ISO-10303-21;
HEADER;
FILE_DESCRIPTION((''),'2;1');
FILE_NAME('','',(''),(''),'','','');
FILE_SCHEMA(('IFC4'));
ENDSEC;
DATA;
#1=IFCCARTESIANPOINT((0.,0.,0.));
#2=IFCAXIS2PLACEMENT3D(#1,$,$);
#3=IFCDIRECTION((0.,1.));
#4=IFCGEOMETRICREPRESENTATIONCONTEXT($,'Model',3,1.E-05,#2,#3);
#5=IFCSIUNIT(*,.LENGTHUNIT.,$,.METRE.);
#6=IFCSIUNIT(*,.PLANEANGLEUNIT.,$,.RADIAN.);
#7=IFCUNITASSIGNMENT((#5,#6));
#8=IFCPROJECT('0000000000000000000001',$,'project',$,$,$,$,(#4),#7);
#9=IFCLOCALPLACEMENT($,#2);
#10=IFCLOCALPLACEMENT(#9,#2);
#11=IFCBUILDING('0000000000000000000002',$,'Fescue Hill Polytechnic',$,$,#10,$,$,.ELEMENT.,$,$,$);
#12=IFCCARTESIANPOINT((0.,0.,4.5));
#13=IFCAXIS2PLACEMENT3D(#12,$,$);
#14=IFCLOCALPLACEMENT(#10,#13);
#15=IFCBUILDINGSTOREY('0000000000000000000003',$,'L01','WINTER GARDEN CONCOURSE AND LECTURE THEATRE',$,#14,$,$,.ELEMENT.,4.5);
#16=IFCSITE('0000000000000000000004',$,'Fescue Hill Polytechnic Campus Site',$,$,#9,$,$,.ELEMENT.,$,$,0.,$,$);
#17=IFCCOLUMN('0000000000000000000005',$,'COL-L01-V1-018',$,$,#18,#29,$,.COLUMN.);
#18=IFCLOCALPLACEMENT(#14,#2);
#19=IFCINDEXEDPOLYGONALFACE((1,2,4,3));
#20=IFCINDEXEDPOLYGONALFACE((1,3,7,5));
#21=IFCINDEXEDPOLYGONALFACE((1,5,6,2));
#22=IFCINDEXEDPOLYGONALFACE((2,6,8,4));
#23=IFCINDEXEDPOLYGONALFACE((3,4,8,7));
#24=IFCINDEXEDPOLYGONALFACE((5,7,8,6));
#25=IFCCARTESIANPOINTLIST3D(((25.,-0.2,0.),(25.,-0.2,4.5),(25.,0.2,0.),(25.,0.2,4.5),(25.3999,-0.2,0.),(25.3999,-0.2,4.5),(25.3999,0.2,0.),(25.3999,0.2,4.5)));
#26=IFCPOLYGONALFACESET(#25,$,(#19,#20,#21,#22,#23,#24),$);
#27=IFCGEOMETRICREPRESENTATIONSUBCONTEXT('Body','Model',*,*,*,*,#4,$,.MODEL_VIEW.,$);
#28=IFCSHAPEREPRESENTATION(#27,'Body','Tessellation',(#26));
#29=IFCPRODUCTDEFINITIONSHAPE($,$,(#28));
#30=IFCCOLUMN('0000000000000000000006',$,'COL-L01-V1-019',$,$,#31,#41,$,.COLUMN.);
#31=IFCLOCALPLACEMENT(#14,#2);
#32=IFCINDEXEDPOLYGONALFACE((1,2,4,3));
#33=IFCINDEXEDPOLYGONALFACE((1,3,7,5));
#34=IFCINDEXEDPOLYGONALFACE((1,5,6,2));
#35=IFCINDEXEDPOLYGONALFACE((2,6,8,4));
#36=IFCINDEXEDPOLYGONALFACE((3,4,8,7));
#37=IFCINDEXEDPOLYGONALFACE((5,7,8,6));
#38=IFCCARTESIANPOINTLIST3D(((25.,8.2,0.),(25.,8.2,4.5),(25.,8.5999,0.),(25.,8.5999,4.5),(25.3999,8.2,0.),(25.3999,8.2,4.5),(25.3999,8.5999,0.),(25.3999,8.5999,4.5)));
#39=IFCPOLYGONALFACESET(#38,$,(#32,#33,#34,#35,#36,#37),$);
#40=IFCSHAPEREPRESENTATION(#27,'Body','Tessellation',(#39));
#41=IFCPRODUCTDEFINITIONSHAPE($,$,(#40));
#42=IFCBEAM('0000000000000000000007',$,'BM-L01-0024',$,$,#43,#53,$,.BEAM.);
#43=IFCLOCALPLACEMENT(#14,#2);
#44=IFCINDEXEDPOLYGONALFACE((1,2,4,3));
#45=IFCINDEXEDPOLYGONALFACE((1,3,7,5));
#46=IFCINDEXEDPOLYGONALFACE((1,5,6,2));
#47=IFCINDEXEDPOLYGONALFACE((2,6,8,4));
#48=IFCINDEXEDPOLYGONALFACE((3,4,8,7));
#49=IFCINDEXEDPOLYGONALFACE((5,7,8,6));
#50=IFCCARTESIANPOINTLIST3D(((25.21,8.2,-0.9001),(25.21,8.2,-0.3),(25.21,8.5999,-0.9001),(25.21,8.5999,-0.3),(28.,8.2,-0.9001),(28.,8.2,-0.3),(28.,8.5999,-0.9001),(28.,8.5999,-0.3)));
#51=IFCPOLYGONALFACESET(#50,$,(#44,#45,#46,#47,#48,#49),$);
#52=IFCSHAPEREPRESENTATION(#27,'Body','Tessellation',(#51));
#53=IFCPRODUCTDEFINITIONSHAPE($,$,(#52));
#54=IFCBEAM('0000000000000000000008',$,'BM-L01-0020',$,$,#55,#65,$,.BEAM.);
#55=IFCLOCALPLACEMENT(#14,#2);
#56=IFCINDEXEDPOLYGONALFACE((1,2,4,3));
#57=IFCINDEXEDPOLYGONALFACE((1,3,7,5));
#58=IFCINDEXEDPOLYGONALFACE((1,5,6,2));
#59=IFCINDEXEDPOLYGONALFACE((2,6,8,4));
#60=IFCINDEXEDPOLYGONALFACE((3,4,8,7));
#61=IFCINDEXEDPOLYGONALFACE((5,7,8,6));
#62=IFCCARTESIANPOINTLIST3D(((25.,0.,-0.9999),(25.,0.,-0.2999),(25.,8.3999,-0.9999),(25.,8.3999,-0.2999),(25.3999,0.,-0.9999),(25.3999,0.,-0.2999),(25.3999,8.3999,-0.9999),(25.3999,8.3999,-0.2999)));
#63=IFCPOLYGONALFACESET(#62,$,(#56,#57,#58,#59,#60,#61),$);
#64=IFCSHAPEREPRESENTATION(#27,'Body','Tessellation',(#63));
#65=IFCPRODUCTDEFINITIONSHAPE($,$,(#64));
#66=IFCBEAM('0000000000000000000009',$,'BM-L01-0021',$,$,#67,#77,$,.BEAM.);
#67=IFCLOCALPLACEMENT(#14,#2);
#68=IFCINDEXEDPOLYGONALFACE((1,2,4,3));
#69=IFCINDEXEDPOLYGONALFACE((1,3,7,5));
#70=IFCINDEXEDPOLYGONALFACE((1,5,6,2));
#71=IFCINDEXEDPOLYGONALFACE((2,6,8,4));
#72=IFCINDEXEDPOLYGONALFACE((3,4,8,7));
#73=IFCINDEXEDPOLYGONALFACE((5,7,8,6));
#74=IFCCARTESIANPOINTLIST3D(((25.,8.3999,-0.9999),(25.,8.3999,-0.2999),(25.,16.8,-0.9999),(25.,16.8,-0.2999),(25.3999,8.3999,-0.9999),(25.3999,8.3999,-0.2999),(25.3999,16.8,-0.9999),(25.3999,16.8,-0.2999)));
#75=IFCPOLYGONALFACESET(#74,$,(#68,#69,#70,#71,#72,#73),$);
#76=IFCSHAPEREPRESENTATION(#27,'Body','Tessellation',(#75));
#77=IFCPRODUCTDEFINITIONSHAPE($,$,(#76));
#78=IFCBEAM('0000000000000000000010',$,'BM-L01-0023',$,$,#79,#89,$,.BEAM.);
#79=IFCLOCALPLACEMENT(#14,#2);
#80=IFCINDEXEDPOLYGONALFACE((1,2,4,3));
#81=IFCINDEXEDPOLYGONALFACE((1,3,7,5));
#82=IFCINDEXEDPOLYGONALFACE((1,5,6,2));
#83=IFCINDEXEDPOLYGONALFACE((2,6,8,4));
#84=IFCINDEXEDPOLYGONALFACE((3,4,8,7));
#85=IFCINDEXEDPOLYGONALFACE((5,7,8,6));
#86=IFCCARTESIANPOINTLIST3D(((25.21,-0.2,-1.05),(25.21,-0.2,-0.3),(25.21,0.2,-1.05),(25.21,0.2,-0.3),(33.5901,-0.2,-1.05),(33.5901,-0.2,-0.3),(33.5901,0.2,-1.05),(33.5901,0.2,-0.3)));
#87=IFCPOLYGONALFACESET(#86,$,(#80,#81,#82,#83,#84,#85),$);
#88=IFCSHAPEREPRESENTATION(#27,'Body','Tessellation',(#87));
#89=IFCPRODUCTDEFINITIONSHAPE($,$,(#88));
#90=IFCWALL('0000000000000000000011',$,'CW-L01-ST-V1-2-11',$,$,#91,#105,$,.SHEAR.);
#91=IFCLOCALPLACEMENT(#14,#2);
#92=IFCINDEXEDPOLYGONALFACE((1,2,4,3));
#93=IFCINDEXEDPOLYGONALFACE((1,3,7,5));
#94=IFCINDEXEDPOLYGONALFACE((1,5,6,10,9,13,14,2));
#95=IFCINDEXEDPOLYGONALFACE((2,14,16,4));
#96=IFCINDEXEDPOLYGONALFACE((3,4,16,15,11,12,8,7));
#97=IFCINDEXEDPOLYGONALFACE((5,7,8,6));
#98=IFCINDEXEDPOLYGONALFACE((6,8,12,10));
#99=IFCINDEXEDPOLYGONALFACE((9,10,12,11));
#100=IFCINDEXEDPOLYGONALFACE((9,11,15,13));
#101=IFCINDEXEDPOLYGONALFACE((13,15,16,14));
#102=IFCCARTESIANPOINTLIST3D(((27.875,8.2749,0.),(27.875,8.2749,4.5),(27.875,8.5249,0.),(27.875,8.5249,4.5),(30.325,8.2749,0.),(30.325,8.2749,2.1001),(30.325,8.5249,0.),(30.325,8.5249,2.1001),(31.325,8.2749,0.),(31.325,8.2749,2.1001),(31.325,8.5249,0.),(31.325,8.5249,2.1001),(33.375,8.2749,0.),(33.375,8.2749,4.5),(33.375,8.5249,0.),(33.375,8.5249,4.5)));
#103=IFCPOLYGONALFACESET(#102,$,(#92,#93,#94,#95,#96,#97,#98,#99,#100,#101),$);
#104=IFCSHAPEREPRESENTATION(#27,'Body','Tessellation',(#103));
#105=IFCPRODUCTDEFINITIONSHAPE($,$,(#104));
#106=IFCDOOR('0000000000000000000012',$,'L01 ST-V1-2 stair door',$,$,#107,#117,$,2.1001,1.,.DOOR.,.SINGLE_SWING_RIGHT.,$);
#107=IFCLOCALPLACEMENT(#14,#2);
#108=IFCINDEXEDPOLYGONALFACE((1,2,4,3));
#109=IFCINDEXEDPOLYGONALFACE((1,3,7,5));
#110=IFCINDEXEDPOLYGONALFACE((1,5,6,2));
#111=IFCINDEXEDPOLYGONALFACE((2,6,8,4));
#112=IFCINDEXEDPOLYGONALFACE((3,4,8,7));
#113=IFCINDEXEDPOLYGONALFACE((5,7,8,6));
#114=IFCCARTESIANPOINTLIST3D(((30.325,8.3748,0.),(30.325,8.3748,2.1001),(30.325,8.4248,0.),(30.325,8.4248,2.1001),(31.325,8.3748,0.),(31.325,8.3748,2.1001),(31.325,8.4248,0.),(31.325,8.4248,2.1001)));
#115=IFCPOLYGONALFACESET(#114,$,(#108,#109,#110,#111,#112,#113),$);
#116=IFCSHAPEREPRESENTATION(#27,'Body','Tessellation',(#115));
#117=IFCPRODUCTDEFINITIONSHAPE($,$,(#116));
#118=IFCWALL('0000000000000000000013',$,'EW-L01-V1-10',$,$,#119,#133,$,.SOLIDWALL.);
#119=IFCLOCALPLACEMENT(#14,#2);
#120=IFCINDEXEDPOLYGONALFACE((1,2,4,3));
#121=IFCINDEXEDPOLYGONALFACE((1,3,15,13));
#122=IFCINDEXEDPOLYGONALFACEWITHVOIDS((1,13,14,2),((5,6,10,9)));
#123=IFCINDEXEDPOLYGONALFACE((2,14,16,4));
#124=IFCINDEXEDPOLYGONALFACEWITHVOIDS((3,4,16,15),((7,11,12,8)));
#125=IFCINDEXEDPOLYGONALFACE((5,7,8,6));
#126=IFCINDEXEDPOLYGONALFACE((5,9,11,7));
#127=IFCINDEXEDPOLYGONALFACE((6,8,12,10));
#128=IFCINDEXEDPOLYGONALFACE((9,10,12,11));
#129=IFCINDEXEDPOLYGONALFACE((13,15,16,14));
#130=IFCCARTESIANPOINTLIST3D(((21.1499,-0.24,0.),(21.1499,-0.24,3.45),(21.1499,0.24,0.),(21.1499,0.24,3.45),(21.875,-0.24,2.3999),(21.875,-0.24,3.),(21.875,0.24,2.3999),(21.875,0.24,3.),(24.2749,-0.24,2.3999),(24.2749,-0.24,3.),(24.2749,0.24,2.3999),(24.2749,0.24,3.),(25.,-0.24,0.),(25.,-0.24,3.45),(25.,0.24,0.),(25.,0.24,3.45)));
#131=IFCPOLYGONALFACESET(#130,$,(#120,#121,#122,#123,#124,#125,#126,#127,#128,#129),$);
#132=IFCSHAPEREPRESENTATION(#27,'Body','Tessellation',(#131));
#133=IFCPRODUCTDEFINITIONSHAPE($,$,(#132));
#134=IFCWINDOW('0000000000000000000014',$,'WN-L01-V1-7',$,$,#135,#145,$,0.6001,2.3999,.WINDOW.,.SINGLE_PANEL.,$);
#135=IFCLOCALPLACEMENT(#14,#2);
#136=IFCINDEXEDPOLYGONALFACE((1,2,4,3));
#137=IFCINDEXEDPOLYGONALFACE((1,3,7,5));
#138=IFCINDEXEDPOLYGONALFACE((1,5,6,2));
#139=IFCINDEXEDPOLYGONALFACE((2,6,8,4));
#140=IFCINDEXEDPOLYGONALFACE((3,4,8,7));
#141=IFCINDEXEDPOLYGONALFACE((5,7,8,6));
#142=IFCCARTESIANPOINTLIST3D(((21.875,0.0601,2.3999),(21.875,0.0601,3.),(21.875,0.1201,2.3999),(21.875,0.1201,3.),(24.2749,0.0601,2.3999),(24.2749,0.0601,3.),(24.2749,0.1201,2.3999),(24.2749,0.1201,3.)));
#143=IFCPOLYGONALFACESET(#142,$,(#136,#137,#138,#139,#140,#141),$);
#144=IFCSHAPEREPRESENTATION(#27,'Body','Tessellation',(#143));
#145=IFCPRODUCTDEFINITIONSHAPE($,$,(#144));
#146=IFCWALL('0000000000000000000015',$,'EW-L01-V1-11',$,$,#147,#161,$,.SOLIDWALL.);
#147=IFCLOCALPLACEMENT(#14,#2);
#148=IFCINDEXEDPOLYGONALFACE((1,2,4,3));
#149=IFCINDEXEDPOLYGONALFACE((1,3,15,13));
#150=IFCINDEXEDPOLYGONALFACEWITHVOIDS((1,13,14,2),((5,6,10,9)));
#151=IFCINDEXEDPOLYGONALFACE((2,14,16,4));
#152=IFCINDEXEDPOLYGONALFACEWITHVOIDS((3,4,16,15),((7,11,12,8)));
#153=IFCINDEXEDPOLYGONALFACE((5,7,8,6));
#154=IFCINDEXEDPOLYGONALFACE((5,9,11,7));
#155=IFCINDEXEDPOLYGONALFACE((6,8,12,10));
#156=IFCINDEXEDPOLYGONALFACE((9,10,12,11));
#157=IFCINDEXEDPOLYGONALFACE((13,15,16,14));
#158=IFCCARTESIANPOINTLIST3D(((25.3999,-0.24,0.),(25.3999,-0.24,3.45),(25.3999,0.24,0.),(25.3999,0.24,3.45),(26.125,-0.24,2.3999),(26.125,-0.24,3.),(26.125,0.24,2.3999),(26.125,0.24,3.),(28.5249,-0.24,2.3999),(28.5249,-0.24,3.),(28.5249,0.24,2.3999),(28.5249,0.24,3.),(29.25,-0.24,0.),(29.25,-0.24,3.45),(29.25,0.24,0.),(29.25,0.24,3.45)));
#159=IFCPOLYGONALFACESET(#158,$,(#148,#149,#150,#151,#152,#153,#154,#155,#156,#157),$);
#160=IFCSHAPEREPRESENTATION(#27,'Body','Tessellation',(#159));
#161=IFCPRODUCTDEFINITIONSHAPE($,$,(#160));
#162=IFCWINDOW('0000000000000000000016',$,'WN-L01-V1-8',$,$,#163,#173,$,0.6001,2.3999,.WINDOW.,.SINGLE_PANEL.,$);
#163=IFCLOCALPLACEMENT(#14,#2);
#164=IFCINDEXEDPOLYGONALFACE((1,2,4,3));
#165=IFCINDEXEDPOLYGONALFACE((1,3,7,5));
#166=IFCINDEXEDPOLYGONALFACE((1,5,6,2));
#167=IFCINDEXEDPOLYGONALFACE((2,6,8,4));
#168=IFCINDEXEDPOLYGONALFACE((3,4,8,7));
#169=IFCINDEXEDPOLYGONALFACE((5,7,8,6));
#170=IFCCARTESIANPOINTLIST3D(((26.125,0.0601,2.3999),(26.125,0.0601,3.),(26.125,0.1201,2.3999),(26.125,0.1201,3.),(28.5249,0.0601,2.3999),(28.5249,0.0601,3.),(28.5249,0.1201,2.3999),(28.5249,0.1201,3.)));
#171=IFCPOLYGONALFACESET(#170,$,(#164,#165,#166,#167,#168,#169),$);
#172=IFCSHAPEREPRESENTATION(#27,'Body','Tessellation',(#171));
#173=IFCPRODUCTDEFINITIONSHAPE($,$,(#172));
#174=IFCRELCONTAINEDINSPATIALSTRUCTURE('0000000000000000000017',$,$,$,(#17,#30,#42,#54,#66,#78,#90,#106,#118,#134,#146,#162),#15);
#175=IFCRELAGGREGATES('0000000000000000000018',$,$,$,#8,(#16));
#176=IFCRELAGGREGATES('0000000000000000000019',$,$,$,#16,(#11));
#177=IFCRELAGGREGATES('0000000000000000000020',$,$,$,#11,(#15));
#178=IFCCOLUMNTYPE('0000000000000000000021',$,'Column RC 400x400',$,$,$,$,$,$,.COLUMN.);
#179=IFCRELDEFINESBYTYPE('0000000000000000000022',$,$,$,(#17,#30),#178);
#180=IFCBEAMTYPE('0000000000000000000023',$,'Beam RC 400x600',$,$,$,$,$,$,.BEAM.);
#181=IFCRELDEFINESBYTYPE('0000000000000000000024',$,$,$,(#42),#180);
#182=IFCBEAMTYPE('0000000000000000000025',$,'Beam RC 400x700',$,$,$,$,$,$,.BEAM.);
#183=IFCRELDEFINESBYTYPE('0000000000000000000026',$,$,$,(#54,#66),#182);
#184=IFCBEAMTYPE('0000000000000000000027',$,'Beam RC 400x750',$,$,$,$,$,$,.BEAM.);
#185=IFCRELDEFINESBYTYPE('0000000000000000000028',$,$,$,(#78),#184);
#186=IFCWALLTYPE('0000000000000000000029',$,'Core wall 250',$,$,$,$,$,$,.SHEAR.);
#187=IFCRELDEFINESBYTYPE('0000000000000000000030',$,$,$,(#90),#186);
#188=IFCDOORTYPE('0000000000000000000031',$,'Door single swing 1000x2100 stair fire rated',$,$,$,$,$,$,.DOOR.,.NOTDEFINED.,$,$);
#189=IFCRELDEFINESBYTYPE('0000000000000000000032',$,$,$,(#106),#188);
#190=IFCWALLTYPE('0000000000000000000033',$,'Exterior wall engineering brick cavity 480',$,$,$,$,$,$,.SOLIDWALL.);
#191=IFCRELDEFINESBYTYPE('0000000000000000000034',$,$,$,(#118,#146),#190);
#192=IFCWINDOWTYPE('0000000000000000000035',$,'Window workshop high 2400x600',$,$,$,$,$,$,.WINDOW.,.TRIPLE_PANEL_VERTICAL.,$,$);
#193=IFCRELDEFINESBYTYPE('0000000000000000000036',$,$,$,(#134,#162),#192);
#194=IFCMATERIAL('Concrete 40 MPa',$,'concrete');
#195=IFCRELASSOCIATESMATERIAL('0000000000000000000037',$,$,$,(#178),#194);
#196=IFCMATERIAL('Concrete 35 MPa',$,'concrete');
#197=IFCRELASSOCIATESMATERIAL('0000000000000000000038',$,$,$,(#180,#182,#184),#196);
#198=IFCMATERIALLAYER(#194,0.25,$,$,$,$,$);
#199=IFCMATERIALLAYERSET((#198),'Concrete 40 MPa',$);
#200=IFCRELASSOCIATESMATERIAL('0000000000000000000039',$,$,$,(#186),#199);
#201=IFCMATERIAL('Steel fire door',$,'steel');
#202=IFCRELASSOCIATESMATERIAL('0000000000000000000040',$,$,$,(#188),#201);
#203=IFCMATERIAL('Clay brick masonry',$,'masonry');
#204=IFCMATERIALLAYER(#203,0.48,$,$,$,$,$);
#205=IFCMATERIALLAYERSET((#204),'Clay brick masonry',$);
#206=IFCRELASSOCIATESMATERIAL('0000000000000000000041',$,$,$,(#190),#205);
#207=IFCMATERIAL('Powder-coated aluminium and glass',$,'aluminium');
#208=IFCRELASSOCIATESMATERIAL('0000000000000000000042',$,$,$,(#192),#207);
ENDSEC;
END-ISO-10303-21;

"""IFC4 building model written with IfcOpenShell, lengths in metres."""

from ifc_helpers import new_model, si_unit, direction, frame, frame_2d, origin, origin_2d, place, context, subcontext, project, spatial, rectangle, extrude, material, layer, layer_set, material_profile, profile_set, type_object, element, fill, save


model = new_model("IFC4")

# Units and contexts
model_context = context("Model", 3, precision=1e-05, world=origin(), true_north=direction((0.0, 1.0)))
body_context = subcontext(model_context, "Body", "Model", "MODEL_VIEW")
ifc_project = project(units=[si_unit("LENGTHUNIT", "METRE"), si_unit("PLANEANGLEUNIT", "RADIAN")], contexts=[model_context])

# Site, building, storey
site_placement = place(None, origin())
site = spatial("IfcSite", under=ifc_project, at=site_placement, Name="Fescue Hill Polytechnic Campus Site", CompositionType="ELEMENT", RefElevation=0.0)
building_placement = place(site_placement, origin())
building = spatial("IfcBuilding", under=site, at=building_placement, Name="Fescue Hill Polytechnic", CompositionType="ELEMENT")
storey_placement = place(building_placement, frame((0.0, 0.0, 4.5)))
storey = spatial("IfcBuildingStorey", under=building, at=storey_placement, Name="L01", Description="WINTER GARDEN CONCOURSE AND LECTURE THEATRE", CompositionType="ELEMENT", Elevation=4.5)

# Columns
ifc_material_1 = material(Name="Concrete 40 MPa", Category="concrete")
ifc_material_profile_1 = material_profile(ifc_material_1, rectangle(XDim=0.3999, YDim=0.3999, at=origin_2d()), Name="RC 400x400")
ifc_profile_set_1 = profile_set([ifc_material_profile_1], Name="Concrete 40 MPa")
column_type = type_object("IfcColumnType", Name="Column RC 400x400", PredefinedType="COLUMN", material=ifc_profile_set_1)
for number, where, z_axis, x_axis, name in (
    (1, (25.2, 0.0, 0.0), (0.0, 0.0, 1.0), (1.0, 0.0, 0.0), "COL-L01-V1-018"),
    (2, (25.2, 8.3999, 0.0), (0.0, 0.0, 1.0), (1.0, 0.0, 0.0), "COL-L01-V1-019"),
):
    element("IfcColumn", number, at=place(storey_placement, frame(where, z_axis=z_axis, x_axis=x_axis)), inside=storey, type_object=column_type, Name=name, PredefinedType="COLUMN", context=body_context, shape_type="SweptSolid", body=[
        extrude(rectangle(XDim=0.3999, YDim=0.3999, at=origin_2d()), origin(), (0.0, 0.0, 1.0), 4.5),
    ])

# Beams
ifc_material_2 = material(Name="Concrete 35 MPa", Category="concrete")
ifc_material_profile_2 = material_profile(ifc_material_2, rectangle(XDim=0.3999, YDim=0.6001, at=origin_2d()), Name="RC 400x600")
ifc_profile_set_2 = profile_set([ifc_material_profile_2], Name="Concrete 35 MPa")
beam_type_1 = type_object("IfcBeamType", Name="Beam RC 400x600", PredefinedType="BEAM", material=ifc_profile_set_2)
beam_1_placement = place(storey_placement, frame((25.21, 8.3999, -0.6001), z_axis=(1.0, 0.0, 0.0), x_axis=(0.0, 1.0, 0.0)))
element("IfcBeam", 3, at=beam_1_placement, inside=storey, type_object=beam_type_1, Name="BM-L01-0024", PredefinedType="BEAM", context=body_context, shape_type="SweptSolid", body=[
    extrude(rectangle(XDim=0.3999, YDim=0.6001, at=origin_2d()), origin(), (0.0, 0.0, 1.0), 2.79),
])
ifc_material_profile_3 = material_profile(ifc_material_2, rectangle(XDim=0.3999, YDim=0.7, at=origin_2d()), Name="RC 400x700")
ifc_profile_set_3 = profile_set([ifc_material_profile_3], Name="Concrete 35 MPa")
beam_type_2 = type_object("IfcBeamType", Name="Beam RC 400x700", PredefinedType="BEAM", material=ifc_profile_set_3)
beam_2_placement = place(storey_placement, frame((25.2, 0.0, -0.6499), z_axis=(0.0, 1.0, 0.0), x_axis=(-1.0, 0.0, 0.0)))
element("IfcBeam", 4, at=beam_2_placement, inside=storey, type_object=beam_type_2, Name="BM-L01-0020", PredefinedType="BEAM", context=body_context, shape_type="SweptSolid", body=[
    extrude(rectangle(XDim=0.3999, YDim=0.7, at=origin_2d()), origin(), (0.0, 0.0, 1.0), 8.3999),
])
beam_3_placement = place(storey_placement, frame((25.2, 8.3999, -0.6499), z_axis=(0.0, 1.0, 0.0), x_axis=(-1.0, 0.0, 0.0)))
element("IfcBeam", 5, at=beam_3_placement, inside=storey, type_object=beam_type_2, Name="BM-L01-0021", PredefinedType="BEAM", context=body_context, shape_type="SweptSolid", body=[
    extrude(rectangle(XDim=0.3999, YDim=0.7, at=origin_2d()), origin(), (0.0, 0.0, 1.0), 8.4001),
])
ifc_material_profile_4 = material_profile(ifc_material_2, rectangle(XDim=0.3999, YDim=0.75, at=origin_2d()), Name="RC 400x750")
ifc_profile_set_4 = profile_set([ifc_material_profile_4], Name="Concrete 35 MPa")
beam_type_3 = type_object("IfcBeamType", Name="Beam RC 400x750", PredefinedType="BEAM", material=ifc_profile_set_4)
beam_4_placement = place(storey_placement, frame((25.21, 0.0, -0.675), z_axis=(1.0, 0.0, 0.0), x_axis=(0.0, 1.0, 0.0)))
element("IfcBeam", 6, at=beam_4_placement, inside=storey, type_object=beam_type_3, Name="BM-L01-0023", PredefinedType="BEAM", context=body_context, shape_type="SweptSolid", body=[
    extrude(rectangle(XDim=0.3999, YDim=0.75, at=origin_2d()), origin(), (0.0, 0.0, 1.0), 8.3801),
])

# Wall, opening, door
ifc_layer_1 = layer(ifc_material_1, 0.25)
ifc_layer_set_1 = layer_set([ifc_layer_1], Name="Concrete 40 MPa")
wall_type_1 = type_object("IfcWallType", Name="Core wall 250", PredefinedType="SHEAR", material=ifc_layer_set_1)
wall_1_placement = place(storey_placement, frame((27.875, 8.3999, 0.0), z_axis=(0.0, 0.0, 1.0), x_axis=(1.0, 0.0, 0.0)))
wall_1 = element("IfcWall", 7, at=wall_1_placement, inside=storey, type_object=wall_type_1, Name="CW-L01-ST-V1-2-11", PredefinedType="SHEAR", context=body_context, shape_type="SweptSolid", body=[
    extrude(rectangle(XDim=5.5, YDim=0.25, at=frame_2d((2.75, 0.0))), origin(), (0.0, 0.0, 1.0), 4.5),
])
opening_1_placement = place(wall_1_placement, frame((2.45, 0.0, 0.0)))
opening_1 = element("IfcOpeningElement", 8, at=opening_1_placement, cuts=wall_1, PredefinedType="OPENING", context=body_context, shape_type="SweptSolid", body=[
    extrude(rectangle(XDim=1.0, YDim=2.1001, at=frame_2d((0.5, 1.05))), frame((0.0, 0.135, 0.0), z_axis=(0.0, -1.0, 0.0), x_axis=(1.0, 0.0, 0.0)), (0.0, 0.0, 1.0), 0.27),
])
ifc_material_3 = material(Name="Steel fire door", Category="steel")
door_type = type_object("IfcDoorType", Name="Door single swing 1000x2100 stair fire rated", OperationType="NOTDEFINED", PredefinedType="DOOR", material=ifc_material_3)
door_placement = place(opening_1_placement, origin())
door = element("IfcDoor", 9, at=door_placement, inside=storey, type_object=door_type, Name="L01 ST-V1-2 stair door", OperationType="SINGLE_SWING_RIGHT", OverallHeight=2.1001, OverallWidth=1.0, PredefinedType="DOOR", context=body_context, shape_type="SweptSolid", body=[
    extrude(rectangle(XDim=1.0, YDim=2.1001, at=frame_2d((0.5, 1.05))), frame((0.0, 0.0249, 0.0), z_axis=(0.0, -1.0, 0.0), x_axis=(1.0, 0.0, 0.0)), (0.0, 0.0, 1.0), 0.05),
])
fill(opening_1, door)

# Walls, openings, windows
ifc_material_4 = material(Name="Clay brick masonry", Category="masonry")
ifc_layer_2 = layer(ifc_material_4, 0.48)
ifc_layer_set_2 = layer_set([ifc_layer_2], Name="Clay brick masonry")
wall_type_2 = type_object("IfcWallType", Name="Exterior wall engineering brick cavity 480", PredefinedType="SOLIDWALL", material=ifc_layer_set_2)
wall_2_placement = place(storey_placement, frame((21.1499, 0.0, 0.0), z_axis=(0.0, 0.0, 1.0), x_axis=(1.0, 0.0, 0.0)))
wall_2 = element("IfcWall", 10, at=wall_2_placement, inside=storey, type_object=wall_type_2, Name="EW-L01-V1-10", PredefinedType="SOLIDWALL", context=body_context, shape_type="SweptSolid", body=[
    extrude(rectangle(XDim=3.8501, YDim=0.48, at=frame_2d((1.925, 0.0))), origin(), (0.0, 0.0, 1.0), 3.45),
])
opening_2_placement = place(wall_2_placement, frame((0.7251, 0.0, 2.3999)))
opening_2 = element("IfcOpeningElement", 11, at=opening_2_placement, cuts=wall_2, PredefinedType="OPENING", context=body_context, shape_type="SweptSolid", body=[
    extrude(rectangle(XDim=2.3999, YDim=0.6001, at=frame_2d((1.2, 0.3))), frame((0.0, 0.25, 0.0), z_axis=(0.0, -1.0, 0.0), x_axis=(1.0, 0.0, 0.0)), (0.0, 0.0, 1.0), 0.5),
])
ifc_material_5 = material(Name="Powder-coated aluminium and glass", Category="aluminium")
window_type = type_object("IfcWindowType", Name="Window workshop high 2400x600", PartitioningType="TRIPLE_PANEL_VERTICAL", PredefinedType="WINDOW", material=ifc_material_5)
window_1_placement = place(opening_2_placement, origin())
window_1 = element("IfcWindow", 12, at=window_1_placement, inside=storey, type_object=window_type, Name="WN-L01-V1-7", OverallHeight=0.6001, OverallWidth=2.3999, PartitioningType="SINGLE_PANEL", PredefinedType="WINDOW", context=body_context, shape_type="SweptSolid", body=[
    extrude(rectangle(XDim=2.3999, YDim=0.6001, at=frame_2d((1.2, 0.3))), frame((0.0, 0.1201, 0.0), z_axis=(0.0, -1.0, 0.0), x_axis=(1.0, 0.0, 0.0)), (0.0, 0.0, 1.0), 0.0601),
])
fill(opening_2, window_1)
wall_3_placement = place(storey_placement, frame((25.3999, 0.0, 0.0), z_axis=(0.0, 0.0, 1.0), x_axis=(1.0, 0.0, 0.0)))
wall_3 = element("IfcWall", 13, at=wall_3_placement, inside=storey, type_object=wall_type_2, Name="EW-L01-V1-11", PredefinedType="SOLIDWALL", context=body_context, shape_type="SweptSolid", body=[
    extrude(rectangle(XDim=3.8501, YDim=0.48, at=frame_2d((1.925, 0.0))), origin(), (0.0, 0.0, 1.0), 3.45),
])
opening_3_placement = place(wall_3_placement, frame((0.7251, 0.0, 2.3999)))
opening_3 = element("IfcOpeningElement", 14, at=opening_3_placement, cuts=wall_3, PredefinedType="OPENING", context=body_context, shape_type="SweptSolid", body=[
    extrude(rectangle(XDim=2.3999, YDim=0.6001, at=frame_2d((1.2, 0.3))), frame((0.0, 0.25, 0.0), z_axis=(0.0, -1.0, 0.0), x_axis=(1.0, 0.0, 0.0)), (0.0, 0.0, 1.0), 0.5),
])
window_2_placement = place(opening_3_placement, origin())
window_2 = element("IfcWindow", 15, at=window_2_placement, inside=storey, type_object=window_type, Name="WN-L01-V1-8", OverallHeight=0.6001, OverallWidth=2.3999, PartitioningType="SINGLE_PANEL", PredefinedType="WINDOW", context=body_context, shape_type="SweptSolid", body=[
    extrude(rectangle(XDim=2.3999, YDim=0.6001, at=frame_2d((1.2, 0.3))), frame((0.0, 0.1201, 0.0), z_axis=(0.0, -1.0, 0.0), x_axis=(1.0, 0.0, 0.0)), (0.0, 0.0, 1.0), 0.0601),
])
fill(opening_3, window_2)

save(model, "model.ifc")
